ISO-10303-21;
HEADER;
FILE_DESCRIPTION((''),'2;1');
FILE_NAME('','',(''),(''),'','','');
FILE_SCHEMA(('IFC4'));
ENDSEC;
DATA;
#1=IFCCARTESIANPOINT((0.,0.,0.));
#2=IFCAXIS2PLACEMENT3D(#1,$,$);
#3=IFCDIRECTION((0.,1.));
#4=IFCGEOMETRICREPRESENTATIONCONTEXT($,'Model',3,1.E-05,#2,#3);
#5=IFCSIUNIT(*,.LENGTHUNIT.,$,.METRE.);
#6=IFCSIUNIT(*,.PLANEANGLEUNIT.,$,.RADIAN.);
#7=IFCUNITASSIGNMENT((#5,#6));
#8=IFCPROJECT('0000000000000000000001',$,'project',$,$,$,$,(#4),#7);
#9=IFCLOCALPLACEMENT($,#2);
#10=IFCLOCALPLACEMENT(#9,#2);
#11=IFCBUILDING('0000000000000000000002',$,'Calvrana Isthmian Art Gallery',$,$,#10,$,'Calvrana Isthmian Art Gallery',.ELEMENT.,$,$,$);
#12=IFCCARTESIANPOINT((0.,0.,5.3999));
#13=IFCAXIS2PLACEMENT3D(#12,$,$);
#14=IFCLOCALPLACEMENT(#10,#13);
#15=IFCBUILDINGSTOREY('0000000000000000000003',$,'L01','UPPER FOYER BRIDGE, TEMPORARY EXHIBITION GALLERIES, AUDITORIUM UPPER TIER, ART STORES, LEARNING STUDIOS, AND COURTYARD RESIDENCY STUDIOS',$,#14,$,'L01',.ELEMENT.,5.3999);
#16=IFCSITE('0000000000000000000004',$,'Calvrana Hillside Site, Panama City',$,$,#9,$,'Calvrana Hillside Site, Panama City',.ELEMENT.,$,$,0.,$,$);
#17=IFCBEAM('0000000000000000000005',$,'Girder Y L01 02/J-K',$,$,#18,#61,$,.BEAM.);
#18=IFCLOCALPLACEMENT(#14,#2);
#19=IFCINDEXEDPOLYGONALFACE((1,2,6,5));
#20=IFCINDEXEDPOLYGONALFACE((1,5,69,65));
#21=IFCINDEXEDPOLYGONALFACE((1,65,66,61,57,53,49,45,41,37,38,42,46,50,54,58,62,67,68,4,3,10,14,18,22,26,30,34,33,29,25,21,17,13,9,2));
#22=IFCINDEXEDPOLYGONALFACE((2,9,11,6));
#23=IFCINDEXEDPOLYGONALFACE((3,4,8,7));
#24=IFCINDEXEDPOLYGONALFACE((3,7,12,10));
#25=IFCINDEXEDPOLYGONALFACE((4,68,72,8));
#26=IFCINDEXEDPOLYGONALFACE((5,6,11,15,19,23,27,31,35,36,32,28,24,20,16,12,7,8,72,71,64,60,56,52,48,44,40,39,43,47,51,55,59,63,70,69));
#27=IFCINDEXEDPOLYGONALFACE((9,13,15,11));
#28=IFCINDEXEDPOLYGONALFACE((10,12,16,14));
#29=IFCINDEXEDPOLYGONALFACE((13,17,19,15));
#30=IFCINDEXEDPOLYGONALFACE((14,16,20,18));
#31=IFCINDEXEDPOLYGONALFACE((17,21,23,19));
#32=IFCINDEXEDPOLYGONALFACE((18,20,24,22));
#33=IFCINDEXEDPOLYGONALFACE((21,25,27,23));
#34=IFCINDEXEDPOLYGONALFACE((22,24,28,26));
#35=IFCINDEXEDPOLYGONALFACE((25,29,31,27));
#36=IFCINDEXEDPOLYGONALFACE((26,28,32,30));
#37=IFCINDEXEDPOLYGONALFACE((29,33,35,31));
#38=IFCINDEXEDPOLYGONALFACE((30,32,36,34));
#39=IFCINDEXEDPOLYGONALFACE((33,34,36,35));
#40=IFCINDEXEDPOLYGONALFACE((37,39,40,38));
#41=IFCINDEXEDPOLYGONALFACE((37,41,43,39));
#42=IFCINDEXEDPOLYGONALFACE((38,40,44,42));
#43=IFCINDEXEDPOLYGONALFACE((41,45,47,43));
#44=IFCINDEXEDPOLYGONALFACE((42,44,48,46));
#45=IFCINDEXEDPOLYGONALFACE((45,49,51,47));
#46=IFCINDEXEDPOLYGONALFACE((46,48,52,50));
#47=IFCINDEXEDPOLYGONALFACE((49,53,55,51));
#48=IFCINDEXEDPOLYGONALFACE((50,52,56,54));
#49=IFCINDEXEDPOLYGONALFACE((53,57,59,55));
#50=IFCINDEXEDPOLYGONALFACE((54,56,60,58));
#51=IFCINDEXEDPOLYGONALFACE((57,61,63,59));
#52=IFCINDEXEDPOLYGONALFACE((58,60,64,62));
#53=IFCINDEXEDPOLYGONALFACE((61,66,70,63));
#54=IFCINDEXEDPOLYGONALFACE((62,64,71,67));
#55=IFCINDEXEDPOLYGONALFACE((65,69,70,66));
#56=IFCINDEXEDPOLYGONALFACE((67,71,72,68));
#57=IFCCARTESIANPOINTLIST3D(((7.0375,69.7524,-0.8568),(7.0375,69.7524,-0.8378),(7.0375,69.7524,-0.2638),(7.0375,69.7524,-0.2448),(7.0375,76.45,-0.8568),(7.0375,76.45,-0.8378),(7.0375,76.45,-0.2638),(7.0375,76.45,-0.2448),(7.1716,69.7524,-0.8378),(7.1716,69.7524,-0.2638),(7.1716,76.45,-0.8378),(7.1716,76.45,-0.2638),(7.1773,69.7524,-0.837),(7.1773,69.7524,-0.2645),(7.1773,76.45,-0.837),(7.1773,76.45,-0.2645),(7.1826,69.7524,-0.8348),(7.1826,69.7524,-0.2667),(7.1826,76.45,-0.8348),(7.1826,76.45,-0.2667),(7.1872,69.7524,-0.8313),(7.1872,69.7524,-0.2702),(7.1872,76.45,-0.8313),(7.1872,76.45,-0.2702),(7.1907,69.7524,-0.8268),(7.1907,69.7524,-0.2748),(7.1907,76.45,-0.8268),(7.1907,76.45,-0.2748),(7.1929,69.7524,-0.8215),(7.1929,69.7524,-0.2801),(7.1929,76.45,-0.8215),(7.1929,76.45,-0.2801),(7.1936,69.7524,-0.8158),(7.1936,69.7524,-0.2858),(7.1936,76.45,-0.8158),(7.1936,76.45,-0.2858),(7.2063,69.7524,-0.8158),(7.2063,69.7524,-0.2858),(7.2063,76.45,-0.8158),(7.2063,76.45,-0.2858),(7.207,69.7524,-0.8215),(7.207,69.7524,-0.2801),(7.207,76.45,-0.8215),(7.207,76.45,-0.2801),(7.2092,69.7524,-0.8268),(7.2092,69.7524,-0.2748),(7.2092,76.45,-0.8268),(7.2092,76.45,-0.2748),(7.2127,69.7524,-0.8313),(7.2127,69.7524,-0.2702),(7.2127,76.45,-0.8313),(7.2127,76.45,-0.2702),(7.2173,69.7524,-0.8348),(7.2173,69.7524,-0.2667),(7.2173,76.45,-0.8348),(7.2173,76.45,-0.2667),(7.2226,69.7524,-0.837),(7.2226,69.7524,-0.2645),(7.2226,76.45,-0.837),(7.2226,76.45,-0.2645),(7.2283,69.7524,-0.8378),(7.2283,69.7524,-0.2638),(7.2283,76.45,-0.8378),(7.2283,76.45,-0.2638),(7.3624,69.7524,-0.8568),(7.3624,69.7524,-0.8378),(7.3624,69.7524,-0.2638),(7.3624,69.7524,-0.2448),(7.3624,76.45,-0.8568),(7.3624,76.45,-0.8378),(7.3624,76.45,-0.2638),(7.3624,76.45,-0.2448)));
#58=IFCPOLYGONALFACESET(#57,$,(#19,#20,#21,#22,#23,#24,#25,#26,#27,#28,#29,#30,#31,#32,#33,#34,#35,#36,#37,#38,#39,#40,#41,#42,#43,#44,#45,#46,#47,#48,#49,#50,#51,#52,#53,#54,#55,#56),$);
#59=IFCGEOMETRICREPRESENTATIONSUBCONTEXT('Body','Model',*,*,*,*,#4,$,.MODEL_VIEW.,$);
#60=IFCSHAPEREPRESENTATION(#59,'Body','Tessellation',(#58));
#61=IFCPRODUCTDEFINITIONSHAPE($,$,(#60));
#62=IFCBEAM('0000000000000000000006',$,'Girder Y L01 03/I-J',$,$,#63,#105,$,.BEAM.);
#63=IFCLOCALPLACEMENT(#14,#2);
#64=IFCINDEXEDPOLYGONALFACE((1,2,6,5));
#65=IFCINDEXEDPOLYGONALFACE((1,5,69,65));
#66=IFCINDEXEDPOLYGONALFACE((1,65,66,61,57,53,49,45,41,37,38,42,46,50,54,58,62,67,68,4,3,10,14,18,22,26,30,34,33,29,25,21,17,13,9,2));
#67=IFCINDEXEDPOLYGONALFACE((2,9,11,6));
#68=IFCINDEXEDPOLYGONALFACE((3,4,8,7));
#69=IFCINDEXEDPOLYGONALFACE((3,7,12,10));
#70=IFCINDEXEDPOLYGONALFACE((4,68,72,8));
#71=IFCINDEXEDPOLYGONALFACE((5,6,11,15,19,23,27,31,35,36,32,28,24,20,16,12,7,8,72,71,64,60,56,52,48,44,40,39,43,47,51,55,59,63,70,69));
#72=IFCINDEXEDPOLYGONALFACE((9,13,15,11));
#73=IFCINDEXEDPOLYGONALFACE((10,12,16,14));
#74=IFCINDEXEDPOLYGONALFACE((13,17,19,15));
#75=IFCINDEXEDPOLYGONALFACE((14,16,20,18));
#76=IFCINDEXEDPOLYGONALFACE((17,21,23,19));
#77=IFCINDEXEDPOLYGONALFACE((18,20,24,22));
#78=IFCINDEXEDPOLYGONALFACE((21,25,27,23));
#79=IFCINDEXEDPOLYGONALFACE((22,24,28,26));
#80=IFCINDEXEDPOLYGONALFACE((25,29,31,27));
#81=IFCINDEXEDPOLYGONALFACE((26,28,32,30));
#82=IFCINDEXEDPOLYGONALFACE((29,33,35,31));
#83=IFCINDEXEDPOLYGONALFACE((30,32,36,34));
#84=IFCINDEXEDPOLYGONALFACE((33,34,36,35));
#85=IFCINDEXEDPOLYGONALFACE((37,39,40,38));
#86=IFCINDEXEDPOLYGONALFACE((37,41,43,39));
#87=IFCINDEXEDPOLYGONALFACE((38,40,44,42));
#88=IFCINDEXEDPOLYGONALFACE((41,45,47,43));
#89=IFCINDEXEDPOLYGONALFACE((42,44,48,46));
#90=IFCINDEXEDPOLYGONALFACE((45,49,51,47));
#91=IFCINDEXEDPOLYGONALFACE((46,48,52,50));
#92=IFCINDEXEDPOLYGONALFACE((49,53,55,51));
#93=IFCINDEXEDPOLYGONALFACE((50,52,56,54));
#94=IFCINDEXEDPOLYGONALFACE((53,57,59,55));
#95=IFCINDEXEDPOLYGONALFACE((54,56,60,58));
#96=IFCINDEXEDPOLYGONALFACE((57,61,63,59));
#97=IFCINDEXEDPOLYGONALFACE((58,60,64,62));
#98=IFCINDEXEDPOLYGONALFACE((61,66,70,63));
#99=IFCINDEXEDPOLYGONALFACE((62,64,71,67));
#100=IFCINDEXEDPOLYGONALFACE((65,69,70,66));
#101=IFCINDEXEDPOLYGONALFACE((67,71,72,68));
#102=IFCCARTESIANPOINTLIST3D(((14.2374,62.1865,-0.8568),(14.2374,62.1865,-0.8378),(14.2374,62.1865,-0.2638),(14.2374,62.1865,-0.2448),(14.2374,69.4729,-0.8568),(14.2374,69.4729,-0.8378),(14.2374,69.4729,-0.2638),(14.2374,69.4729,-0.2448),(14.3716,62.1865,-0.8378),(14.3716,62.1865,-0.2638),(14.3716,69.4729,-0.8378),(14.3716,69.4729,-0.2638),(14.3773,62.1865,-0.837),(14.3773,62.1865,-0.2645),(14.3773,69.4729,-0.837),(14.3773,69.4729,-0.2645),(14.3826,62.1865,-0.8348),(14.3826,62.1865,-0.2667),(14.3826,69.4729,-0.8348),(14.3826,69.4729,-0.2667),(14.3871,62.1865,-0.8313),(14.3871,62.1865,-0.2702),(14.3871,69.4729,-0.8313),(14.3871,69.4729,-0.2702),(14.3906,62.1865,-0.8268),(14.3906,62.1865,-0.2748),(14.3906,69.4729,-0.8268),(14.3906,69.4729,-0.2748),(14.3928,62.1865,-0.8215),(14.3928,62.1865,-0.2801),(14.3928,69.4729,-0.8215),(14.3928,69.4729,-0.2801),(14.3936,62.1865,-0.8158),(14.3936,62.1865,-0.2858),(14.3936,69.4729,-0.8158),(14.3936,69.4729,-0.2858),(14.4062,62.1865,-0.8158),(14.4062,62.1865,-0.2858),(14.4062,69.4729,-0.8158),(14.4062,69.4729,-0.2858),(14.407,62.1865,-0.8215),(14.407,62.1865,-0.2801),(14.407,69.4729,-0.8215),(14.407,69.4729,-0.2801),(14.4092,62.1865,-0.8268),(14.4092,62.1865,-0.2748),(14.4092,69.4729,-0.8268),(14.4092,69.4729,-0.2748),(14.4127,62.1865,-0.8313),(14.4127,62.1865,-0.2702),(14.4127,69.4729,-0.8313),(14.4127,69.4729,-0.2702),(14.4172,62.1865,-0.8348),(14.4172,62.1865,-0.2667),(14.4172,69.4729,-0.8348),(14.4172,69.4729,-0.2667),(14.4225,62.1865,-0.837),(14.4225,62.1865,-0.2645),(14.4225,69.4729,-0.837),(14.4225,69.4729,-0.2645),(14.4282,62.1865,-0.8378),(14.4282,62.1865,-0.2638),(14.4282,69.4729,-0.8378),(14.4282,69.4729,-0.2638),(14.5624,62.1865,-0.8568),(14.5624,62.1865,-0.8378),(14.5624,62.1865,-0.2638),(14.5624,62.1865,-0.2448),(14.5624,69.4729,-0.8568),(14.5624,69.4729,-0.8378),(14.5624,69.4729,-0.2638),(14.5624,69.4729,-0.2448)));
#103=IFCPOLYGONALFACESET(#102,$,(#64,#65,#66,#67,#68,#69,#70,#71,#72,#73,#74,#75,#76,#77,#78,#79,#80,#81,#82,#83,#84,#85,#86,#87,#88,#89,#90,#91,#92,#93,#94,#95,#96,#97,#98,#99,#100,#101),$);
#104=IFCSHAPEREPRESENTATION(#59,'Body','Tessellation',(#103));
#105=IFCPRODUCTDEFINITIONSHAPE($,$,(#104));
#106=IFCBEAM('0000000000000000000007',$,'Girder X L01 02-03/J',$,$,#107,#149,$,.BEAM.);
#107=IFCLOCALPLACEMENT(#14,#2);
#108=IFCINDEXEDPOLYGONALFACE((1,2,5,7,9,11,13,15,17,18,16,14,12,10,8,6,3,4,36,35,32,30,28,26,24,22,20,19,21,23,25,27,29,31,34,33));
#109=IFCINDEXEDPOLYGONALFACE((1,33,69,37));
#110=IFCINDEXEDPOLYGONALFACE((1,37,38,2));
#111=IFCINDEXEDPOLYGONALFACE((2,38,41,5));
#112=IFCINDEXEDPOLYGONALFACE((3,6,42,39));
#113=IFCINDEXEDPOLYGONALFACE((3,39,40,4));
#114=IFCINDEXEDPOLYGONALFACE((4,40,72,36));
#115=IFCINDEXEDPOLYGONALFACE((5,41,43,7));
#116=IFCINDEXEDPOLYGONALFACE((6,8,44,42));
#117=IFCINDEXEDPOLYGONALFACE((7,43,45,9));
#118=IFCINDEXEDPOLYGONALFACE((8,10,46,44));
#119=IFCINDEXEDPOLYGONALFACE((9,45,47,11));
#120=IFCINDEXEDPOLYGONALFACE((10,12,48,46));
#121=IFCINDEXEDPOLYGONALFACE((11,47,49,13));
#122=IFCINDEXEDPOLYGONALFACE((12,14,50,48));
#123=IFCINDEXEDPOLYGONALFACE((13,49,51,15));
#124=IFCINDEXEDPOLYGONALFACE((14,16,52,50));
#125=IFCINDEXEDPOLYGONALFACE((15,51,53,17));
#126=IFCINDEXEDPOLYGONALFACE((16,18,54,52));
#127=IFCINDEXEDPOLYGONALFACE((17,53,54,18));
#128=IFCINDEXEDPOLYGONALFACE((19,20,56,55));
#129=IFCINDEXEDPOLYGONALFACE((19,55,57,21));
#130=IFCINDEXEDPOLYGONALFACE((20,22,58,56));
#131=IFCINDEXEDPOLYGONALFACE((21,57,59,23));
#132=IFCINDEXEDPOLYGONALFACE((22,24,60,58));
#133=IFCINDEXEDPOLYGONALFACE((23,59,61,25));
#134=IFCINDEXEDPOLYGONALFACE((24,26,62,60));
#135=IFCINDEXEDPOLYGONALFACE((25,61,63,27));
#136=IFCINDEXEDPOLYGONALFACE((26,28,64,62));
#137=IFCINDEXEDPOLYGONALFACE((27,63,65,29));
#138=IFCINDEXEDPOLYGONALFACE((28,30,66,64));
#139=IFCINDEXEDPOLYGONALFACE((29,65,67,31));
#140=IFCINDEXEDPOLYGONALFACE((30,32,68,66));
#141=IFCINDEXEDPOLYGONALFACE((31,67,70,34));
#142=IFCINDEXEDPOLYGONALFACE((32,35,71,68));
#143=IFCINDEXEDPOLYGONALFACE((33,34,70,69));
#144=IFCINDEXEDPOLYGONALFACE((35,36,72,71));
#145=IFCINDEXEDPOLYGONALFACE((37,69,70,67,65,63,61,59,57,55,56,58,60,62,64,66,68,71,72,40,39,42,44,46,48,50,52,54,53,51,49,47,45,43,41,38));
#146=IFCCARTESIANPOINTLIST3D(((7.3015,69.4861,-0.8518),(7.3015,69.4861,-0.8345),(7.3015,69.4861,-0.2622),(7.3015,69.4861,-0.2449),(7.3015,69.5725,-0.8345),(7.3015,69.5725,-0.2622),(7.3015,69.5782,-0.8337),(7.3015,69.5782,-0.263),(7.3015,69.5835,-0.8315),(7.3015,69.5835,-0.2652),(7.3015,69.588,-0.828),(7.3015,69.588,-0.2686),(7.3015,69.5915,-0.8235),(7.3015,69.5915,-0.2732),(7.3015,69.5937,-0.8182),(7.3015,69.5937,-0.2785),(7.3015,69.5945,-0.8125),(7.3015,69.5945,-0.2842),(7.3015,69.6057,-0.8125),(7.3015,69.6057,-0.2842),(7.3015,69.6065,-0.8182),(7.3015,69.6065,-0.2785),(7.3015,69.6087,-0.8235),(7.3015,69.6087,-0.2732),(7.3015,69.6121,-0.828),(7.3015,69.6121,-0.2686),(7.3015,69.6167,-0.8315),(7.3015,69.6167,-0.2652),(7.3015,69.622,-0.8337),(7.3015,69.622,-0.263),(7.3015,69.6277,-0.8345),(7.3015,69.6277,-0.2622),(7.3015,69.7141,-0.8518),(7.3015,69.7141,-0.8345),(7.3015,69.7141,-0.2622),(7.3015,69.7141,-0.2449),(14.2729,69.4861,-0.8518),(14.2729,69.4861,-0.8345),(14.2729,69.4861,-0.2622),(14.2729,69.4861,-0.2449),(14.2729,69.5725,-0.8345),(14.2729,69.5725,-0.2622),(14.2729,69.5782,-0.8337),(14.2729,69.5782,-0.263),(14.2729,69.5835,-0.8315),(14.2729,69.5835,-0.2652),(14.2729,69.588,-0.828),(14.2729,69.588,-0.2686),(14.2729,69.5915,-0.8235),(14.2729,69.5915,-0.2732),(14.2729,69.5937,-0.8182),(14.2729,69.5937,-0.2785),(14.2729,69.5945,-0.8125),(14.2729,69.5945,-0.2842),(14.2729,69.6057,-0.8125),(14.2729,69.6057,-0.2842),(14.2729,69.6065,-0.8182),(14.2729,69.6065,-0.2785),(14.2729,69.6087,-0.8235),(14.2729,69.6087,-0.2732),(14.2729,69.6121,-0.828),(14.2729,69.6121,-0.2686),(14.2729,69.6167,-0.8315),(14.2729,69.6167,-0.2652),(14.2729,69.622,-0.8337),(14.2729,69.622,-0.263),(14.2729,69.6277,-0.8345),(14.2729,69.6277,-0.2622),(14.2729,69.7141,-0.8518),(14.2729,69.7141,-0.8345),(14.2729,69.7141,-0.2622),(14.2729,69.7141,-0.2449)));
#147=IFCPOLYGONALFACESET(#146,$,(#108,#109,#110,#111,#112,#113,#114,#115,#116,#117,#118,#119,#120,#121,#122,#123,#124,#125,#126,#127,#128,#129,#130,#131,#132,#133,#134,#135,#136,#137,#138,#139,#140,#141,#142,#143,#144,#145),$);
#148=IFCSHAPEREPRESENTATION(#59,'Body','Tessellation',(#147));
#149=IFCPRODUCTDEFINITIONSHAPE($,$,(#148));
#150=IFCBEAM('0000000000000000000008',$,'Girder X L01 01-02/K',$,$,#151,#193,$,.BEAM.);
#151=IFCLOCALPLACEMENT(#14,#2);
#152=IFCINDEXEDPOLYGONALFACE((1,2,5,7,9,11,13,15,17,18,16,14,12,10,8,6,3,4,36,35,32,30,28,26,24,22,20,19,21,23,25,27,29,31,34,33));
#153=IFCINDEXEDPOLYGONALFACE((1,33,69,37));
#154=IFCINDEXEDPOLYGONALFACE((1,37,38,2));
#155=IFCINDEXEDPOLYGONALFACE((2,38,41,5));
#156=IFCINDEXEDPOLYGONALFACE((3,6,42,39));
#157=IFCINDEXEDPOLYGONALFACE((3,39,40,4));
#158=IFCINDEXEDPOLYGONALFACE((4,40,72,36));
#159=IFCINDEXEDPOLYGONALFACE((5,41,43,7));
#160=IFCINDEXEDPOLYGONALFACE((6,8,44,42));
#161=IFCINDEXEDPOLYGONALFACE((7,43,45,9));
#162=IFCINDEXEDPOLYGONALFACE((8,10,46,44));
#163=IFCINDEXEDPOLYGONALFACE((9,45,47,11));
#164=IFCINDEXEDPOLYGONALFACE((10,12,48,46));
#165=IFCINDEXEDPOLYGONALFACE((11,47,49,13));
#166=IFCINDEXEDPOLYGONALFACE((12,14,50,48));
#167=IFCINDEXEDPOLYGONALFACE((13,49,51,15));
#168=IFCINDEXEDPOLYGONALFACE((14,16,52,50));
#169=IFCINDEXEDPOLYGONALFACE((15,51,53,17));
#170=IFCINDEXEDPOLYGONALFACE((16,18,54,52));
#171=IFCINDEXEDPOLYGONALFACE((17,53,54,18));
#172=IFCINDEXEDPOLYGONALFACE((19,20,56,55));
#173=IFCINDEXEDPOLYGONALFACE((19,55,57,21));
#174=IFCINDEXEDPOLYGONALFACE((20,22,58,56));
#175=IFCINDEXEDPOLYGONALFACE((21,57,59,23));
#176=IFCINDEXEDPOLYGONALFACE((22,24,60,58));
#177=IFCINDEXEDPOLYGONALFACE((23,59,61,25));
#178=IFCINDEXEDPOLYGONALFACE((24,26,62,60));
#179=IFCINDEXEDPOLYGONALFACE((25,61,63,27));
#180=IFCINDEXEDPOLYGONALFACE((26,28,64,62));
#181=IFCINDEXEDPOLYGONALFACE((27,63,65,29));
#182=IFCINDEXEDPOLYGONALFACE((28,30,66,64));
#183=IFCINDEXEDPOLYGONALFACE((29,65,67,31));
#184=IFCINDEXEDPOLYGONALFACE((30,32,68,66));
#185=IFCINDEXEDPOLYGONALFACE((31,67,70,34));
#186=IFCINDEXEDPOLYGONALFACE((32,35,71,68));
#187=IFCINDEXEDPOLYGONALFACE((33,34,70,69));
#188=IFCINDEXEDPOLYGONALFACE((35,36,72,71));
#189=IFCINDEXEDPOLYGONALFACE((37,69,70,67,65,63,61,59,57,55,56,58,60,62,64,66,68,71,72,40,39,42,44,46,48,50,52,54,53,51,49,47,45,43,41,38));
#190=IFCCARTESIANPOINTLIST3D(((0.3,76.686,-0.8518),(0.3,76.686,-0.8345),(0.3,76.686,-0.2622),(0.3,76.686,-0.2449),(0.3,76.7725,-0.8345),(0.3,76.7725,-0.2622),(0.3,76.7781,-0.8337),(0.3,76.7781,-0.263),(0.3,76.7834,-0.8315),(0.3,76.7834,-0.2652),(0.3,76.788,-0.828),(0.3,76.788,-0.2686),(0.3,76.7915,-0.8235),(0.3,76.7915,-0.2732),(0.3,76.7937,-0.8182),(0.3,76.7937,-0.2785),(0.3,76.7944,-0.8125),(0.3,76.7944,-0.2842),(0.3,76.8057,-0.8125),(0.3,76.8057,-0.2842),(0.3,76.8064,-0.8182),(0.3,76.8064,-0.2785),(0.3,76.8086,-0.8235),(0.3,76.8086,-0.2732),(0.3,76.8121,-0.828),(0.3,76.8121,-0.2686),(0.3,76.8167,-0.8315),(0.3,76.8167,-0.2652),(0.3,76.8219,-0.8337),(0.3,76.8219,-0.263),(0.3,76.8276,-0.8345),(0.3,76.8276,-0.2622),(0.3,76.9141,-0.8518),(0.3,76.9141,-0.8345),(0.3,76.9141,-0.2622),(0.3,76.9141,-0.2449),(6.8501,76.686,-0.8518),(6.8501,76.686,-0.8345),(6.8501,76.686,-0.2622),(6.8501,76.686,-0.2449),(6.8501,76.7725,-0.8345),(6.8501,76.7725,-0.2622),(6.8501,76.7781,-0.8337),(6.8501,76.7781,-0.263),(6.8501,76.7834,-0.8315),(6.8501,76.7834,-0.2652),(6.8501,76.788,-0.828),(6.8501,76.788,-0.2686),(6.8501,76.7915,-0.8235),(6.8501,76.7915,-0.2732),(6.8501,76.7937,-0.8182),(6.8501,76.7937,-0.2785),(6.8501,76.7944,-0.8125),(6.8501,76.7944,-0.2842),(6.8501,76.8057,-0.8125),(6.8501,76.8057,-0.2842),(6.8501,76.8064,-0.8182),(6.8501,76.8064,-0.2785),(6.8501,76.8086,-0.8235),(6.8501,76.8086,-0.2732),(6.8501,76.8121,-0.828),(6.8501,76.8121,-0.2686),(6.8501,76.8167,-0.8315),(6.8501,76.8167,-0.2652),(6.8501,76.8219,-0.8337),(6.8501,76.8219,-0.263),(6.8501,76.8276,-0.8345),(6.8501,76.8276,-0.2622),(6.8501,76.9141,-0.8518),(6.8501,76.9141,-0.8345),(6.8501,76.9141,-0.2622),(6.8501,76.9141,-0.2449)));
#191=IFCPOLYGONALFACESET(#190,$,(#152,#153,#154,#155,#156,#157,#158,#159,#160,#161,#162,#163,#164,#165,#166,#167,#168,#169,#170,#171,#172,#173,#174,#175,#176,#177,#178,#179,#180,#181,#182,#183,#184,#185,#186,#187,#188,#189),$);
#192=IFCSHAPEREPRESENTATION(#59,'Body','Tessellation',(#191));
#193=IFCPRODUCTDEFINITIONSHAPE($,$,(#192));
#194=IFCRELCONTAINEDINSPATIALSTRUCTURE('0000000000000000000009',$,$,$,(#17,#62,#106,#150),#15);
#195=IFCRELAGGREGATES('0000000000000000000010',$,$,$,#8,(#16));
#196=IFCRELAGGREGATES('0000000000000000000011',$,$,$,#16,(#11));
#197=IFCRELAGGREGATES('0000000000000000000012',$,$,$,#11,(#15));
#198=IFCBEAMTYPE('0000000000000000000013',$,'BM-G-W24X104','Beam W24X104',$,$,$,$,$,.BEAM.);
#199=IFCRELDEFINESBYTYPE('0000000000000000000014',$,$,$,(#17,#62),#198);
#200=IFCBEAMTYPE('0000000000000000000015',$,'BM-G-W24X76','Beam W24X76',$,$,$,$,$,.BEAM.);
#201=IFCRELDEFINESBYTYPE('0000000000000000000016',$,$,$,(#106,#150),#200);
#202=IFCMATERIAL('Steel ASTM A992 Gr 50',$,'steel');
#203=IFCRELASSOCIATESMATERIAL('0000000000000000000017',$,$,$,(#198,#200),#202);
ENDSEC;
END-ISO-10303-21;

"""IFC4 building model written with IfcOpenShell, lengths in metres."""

from ifc_helpers import new_model, si_unit, direction, frame, origin, origin_2d, place, context, subcontext, project, spatial, i_section, extrude, material, material_profile, profile_set, type_object, element, save


model = new_model("IFC4")

# Units and contexts
model_context = context("Model", 3, precision=1e-05, world=origin(), true_north=direction((0.0, 1.0)))
body_context = subcontext(model_context, "Body", "Model", "MODEL_VIEW")
ifc_project = project(units=[si_unit("LENGTHUNIT", "METRE"), si_unit("PLANEANGLEUNIT", "RADIAN")], contexts=[model_context])

# Site, building, storey
site_placement = place(None, origin())
site = spatial("IfcSite", under=ifc_project, at=site_placement, Name="Calvrana Hillside Site, Panama City", LongName="Calvrana Hillside Site, Panama City", CompositionType="ELEMENT", RefElevation=0.0)
building_placement = place(site_placement, origin())
building = spatial("IfcBuilding", under=site, at=building_placement, Name="Calvrana Isthmian Art Gallery", LongName="Calvrana Isthmian Art Gallery", CompositionType="ELEMENT")
storey_placement = place(building_placement, frame((0.0, 0.0, 5.3999)))
storey = spatial("IfcBuildingStorey", under=building, at=storey_placement, Name="L01", Description="UPPER FOYER BRIDGE, TEMPORARY EXHIBITION GALLERIES, AUDITORIUM UPPER TIER, ART STORES, LEARNING STUDIOS, AND COURTYARD RESIDENCY STUDIOS", LongName="L01", CompositionType="ELEMENT", Elevation=5.3999)

# Beams
ifc_material_1 = material(Name="Steel ASTM A992 Gr 50", Category="steel")
ifc_material_profile_1 = material_profile(ifc_material_1, i_section(OverallWidth=0.325, OverallDepth=0.6121, WebThickness=0.0127, FlangeThickness=0.019, FilletRadius=0.022, at=origin_2d()), Name="W24X104")
ifc_profile_set_1 = profile_set([ifc_material_profile_1], Name="Steel ASTM A992 Gr 50")
beam_type_1 = type_object("IfcBeamType", Name="BM-G-W24X104", Description="Beam W24X104", PredefinedType="BEAM", material=ifc_profile_set_1)
beam_1_placement = place(storey_placement, frame((7.2, 69.7524, -0.5508), z_axis=(0.0, 1.0, 0.0), x_axis=(-1.0, 0.0, 0.0)))
element("IfcBeam", 1, at=beam_1_placement, inside=storey, type_object=beam_type_1, Name="Girder Y L01 02/J-K", PredefinedType="BEAM", context=body_context, shape_type="SweptSolid", body=[
    extrude(i_section(OverallWidth=0.325, OverallDepth=0.6121, WebThickness=0.0127, FlangeThickness=0.019, FilletRadius=0.022, at=origin_2d()), origin(), (0.0, 0.0, 1.0), 6.6975),
])
beam_2_placement = place(storey_placement, frame((14.3999, 62.1865, -0.5508), z_axis=(0.0, 1.0, 0.0), x_axis=(-1.0, 0.0, 0.0)))
element("IfcBeam", 2, at=beam_2_placement, inside=storey, type_object=beam_type_1, Name="Girder Y L01 03/I-J", PredefinedType="BEAM", context=body_context, shape_type="SweptSolid", body=[
    extrude(i_section(OverallWidth=0.325, OverallDepth=0.6121, WebThickness=0.0127, FlangeThickness=0.019, FilletRadius=0.022, at=origin_2d()), origin(), (0.0, 0.0, 1.0), 7.2864),
])
ifc_material_profile_2 = material_profile(ifc_material_1, i_section(OverallWidth=0.228, OverallDepth=0.6069, WebThickness=0.0112, FlangeThickness=0.0173, FilletRadius=0.022, at=origin_2d()), Name="W24X76")
ifc_profile_set_2 = profile_set([ifc_material_profile_2], Name="Steel ASTM A992 Gr 50")
beam_type_2 = type_object("IfcBeamType", Name="BM-G-W24X76", Description="Beam W24X76", PredefinedType="BEAM", material=ifc_profile_set_2)
beam_3_placement = place(storey_placement, frame((7.3015, 69.6001, -0.5483), z_axis=(1.0, 0.0, 0.0), x_axis=(0.0, 1.0, 0.0)))
element("IfcBeam", 3, at=beam_3_placement, inside=storey, type_object=beam_type_2, Name="Girder X L01 02-03/J", PredefinedType="BEAM", context=body_context, shape_type="SweptSolid", body=[
    extrude(i_section(OverallWidth=0.228, OverallDepth=0.6069, WebThickness=0.0112, FlangeThickness=0.0173, FilletRadius=0.022, at=origin_2d()), origin(), (0.0, 0.0, 1.0), 6.9714),
])
beam_4_placement = place(storey_placement, frame((0.3, 76.8, -0.5483), z_axis=(1.0, 0.0, 0.0), x_axis=(0.0, 1.0, 0.0)))
element("IfcBeam", 4, at=beam_4_placement, inside=storey, type_object=beam_type_2, Name="Girder X L01 01-02/K", PredefinedType="BEAM", context=body_context, shape_type="SweptSolid", body=[
    extrude(i_section(OverallWidth=0.228, OverallDepth=0.6069, WebThickness=0.0112, FlangeThickness=0.0173, FilletRadius=0.022, at=origin_2d()), origin(), (0.0, 0.0, 1.0), 6.55),
])

save(model, "model.ifc")
